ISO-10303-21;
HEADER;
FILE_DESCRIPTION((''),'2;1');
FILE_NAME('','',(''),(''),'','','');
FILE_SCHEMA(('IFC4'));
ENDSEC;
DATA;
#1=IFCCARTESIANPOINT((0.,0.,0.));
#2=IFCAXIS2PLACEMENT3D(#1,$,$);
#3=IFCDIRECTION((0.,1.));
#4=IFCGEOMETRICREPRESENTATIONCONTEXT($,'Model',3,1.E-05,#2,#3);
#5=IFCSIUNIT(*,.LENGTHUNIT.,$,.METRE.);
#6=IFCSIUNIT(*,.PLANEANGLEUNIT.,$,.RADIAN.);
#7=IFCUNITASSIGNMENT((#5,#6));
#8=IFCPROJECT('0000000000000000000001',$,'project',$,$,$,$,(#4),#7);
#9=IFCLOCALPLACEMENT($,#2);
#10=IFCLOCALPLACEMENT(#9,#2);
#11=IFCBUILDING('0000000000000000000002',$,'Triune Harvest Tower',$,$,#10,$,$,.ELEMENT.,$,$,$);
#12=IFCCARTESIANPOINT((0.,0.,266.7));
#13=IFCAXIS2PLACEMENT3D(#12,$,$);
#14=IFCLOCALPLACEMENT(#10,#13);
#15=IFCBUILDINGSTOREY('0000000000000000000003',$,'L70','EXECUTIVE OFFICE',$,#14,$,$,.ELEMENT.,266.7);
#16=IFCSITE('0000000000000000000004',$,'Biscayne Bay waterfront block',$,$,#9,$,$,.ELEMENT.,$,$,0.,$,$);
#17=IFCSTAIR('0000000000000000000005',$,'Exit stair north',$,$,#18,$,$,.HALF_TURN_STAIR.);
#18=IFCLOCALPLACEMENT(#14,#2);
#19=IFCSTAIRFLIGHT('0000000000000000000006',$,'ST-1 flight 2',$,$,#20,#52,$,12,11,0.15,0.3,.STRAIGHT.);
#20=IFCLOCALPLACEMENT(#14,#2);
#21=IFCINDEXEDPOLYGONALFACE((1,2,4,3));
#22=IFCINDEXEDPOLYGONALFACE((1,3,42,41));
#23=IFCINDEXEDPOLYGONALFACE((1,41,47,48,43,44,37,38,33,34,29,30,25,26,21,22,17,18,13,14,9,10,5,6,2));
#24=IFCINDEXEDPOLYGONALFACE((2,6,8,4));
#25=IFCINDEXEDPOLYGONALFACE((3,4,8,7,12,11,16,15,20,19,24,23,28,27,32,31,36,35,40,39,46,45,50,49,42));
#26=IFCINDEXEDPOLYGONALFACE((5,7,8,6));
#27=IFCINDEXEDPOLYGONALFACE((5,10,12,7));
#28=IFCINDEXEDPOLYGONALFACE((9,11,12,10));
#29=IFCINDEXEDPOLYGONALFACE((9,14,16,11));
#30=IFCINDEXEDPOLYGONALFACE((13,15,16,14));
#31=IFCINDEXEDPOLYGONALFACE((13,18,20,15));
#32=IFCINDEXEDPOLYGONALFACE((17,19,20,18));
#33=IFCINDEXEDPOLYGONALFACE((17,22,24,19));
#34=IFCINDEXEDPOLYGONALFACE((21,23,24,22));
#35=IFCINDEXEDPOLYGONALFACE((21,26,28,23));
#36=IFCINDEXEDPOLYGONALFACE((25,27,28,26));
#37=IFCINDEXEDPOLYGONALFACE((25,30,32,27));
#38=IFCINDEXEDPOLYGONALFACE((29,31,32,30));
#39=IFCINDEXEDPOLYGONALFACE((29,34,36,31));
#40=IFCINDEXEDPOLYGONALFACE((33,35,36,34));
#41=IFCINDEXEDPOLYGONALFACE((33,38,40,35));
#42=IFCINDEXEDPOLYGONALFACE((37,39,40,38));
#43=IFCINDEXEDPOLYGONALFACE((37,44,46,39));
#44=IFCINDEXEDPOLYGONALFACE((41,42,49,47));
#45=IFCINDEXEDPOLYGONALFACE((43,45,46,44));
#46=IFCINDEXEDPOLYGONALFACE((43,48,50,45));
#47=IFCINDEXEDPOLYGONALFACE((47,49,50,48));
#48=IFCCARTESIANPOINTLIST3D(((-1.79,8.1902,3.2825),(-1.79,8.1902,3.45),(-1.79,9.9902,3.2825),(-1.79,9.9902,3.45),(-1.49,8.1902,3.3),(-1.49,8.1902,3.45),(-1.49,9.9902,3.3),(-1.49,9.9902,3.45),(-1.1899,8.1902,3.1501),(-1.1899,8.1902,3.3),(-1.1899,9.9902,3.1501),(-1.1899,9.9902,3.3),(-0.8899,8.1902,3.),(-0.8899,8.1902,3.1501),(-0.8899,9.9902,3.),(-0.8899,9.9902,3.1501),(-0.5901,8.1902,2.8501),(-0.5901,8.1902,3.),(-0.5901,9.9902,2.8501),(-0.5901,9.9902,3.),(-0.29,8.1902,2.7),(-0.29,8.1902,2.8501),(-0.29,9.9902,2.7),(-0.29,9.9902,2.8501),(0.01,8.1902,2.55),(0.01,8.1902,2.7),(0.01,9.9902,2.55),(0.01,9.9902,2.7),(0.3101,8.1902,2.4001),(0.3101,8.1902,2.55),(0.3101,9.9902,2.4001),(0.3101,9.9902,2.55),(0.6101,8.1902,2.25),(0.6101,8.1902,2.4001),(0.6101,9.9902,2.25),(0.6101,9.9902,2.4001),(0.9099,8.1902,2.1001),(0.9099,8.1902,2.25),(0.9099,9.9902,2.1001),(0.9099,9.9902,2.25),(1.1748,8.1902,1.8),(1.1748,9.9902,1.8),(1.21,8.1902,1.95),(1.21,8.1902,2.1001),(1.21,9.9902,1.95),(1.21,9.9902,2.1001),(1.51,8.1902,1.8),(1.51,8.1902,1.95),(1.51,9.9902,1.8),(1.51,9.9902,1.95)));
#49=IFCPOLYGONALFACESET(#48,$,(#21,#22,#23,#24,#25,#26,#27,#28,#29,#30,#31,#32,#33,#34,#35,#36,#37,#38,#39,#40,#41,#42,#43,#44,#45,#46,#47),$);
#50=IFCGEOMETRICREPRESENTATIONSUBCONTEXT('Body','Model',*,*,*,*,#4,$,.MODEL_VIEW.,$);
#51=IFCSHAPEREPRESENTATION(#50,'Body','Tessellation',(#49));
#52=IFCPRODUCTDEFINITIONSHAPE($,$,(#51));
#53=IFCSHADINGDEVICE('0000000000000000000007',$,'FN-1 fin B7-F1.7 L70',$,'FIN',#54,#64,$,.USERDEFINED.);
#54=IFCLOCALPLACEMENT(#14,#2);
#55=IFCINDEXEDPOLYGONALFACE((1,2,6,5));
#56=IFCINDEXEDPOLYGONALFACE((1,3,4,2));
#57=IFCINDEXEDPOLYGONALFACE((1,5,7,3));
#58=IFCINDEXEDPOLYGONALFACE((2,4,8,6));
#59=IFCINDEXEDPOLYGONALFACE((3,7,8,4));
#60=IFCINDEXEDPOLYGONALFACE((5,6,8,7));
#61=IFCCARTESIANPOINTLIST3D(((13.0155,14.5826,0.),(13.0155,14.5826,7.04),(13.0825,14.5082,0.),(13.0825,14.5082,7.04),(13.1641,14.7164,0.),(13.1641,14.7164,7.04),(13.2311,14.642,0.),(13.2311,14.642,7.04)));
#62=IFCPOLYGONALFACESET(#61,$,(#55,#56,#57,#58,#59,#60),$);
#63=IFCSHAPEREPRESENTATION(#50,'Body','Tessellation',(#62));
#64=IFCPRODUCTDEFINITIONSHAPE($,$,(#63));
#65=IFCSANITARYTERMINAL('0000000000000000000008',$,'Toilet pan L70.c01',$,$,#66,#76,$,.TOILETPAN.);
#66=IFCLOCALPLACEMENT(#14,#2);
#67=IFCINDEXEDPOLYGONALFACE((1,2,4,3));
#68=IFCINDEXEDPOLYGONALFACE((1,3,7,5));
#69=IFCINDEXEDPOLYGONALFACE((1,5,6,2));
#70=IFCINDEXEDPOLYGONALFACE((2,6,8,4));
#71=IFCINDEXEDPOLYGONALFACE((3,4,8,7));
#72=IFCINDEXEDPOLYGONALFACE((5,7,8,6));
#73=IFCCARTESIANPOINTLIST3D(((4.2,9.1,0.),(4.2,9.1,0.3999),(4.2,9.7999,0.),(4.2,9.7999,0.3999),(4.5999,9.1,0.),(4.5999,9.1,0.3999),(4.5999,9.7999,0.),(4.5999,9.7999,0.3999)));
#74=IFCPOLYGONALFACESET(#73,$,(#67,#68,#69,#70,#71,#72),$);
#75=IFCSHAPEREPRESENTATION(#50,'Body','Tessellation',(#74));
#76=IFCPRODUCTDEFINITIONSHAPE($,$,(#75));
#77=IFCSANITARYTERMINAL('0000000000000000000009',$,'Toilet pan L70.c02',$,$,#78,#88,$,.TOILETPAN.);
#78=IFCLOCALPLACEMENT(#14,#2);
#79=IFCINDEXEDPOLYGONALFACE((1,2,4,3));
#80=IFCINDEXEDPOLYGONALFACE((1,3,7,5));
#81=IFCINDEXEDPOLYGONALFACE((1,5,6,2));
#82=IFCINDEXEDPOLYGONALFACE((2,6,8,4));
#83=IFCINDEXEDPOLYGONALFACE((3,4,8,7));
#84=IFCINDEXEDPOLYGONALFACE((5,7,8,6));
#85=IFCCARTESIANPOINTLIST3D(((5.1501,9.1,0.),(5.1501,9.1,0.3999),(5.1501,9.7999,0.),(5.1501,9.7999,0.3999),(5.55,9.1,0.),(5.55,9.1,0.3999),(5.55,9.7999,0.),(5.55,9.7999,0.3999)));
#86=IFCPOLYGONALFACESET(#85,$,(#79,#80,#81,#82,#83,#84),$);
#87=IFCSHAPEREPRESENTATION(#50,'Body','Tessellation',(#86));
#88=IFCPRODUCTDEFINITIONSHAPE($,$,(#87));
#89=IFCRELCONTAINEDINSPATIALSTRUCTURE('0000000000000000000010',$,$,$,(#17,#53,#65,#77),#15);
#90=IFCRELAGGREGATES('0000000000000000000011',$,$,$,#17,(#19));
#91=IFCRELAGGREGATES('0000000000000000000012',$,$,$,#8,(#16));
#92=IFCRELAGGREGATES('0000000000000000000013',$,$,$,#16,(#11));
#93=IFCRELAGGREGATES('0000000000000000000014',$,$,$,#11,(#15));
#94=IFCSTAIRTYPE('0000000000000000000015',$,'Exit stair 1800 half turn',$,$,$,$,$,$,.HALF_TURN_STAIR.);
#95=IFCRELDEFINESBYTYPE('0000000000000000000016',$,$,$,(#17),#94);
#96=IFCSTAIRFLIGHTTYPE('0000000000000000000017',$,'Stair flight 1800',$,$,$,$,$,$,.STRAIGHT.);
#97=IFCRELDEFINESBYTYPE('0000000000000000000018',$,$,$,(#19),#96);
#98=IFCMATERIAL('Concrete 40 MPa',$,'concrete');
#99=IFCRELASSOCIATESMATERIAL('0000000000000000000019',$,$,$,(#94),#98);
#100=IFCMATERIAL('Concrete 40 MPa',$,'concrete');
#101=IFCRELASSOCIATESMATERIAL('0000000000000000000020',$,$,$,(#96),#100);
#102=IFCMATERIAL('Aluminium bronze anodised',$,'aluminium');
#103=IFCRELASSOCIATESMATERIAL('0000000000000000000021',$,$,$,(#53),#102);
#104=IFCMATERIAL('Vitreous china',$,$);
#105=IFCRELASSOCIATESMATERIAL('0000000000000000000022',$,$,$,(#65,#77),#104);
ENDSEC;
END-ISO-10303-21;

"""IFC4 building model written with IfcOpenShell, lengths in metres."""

from ifc_helpers import new_model, si_unit, direction, frame, origin, origin_2d, place, context, subcontext, project, spatial, polyline, rectangle, outline, extrude, source, transform, mapped, material, type_object, element, aggregate, save


model = new_model("IFC4")

# Units and contexts
model_context = context("Model", 3, precision=1e-05, world=origin(), true_north=direction((0.0, 1.0)))
body_context = subcontext(model_context, "Body", "Model", "MODEL_VIEW")
ifc_project = project(units=[si_unit("LENGTHUNIT", "METRE"), si_unit("PLANEANGLEUNIT", "RADIAN")], contexts=[model_context])

# Site, building, storey
site_placement = place(None, origin())
site = spatial("IfcSite", under=ifc_project, at=site_placement, Name="Biscayne Bay waterfront block", CompositionType="ELEMENT", RefElevation=0.0)
building_placement = place(site_placement, origin())
building = spatial("IfcBuilding", under=site, at=building_placement, Name="Triune Harvest Tower", CompositionType="ELEMENT")
storey_placement = place(building_placement, frame((0.0, 0.0, 266.7)))
storey = spatial("IfcBuildingStorey", under=building, at=storey_placement, Name="L70", Description="EXECUTIVE OFFICE", CompositionType="ELEMENT", Elevation=266.7)

# Stair, stair flight
ifc_material_1 = material(Name="Concrete 40 MPa", Category="concrete")
stair_type = type_object("IfcStairType", Name="Exit stair 1800 half turn", PredefinedType="HALF_TURN_STAIR", material=ifc_material_1)
stair_placement = place(storey_placement, origin())
stair = element("IfcStair", 1, at=stair_placement, inside=storey, type_object=stair_type, Name="Exit stair north", PredefinedType="HALF_TURN_STAIR")
ifc_material_2 = material(Name="Concrete 40 MPa", Category="concrete")
stair_flight_type = type_object("IfcStairFlightType", Name="Stair flight 1800", PredefinedType="STRAIGHT", material=ifc_material_2)
shared_shape_1 = source(origin(), body_context, "Body", "SweptSolid", [
    extrude(outline(polyline([(0.0, 0.0), (0.0, 0.1499), (0.3, 0.1499), (0.3, 0.3), (0.6001, 0.3), (0.6001, 0.45), (0.8999, 0.45), (0.8999, 0.6001), (1.2, 0.6001), (1.2, 0.75), (1.5, 0.75), (1.5, 0.8999), (1.8, 0.8999), (1.8, 1.05), (2.1001, 1.05), (2.1001, 1.2), (2.3999, 1.2), (2.3999, 1.3501), (2.7, 1.3501), (2.7, 1.5), (3.0, 1.5), (3.0, 1.6499), (3.3, 1.6499), (3.3, 1.8), (3.3, 1.4824), (0.3352, 0.0), (0.0, 0.0)])), frame((0.0, 0.8999, 0.0), z_axis=(0.0, -1.0, 0.0), x_axis=(1.0, 0.0, 0.0)), (0.0, 0.0, 1.0), 1.8),
])
stair_flight_placement = place(storey_placement, frame((1.51, 9.0901, 1.8), z_axis=(0.0, 0.0, 1.0), x_axis=(-1.0, 0.0, 0.0)))
stair_flight = element("IfcStairFlight", 2, at=stair_flight_placement, type_object=stair_flight_type, Name="ST-1 flight 2", NumberOfRisers=12, NumberOfTreads=11, PredefinedType="STRAIGHT", RiserHeight=0.15, TreadLength=0.3, context=body_context, shape_type="MappedRepresentation", body=[
    mapped(shared_shape_1, transform((0.0, 0.0, 0.0), scale=1.0)),
])
aggregate(stair, [stair_flight])

# Shading device
ifc_material_3 = material(Name="Aluminium bronze anodised", Category="aluminium")
shared_shape_2 = source(origin(), body_context, "Body", "SweptSolid", [
    extrude(rectangle(XDim=0.1001, YDim=0.2, at=origin_2d()), origin(), (0.0, 0.0, 1.0), 7.04),
])
shading_device_placement = place(storey_placement, frame((13.1233, 14.6123, 0.0), z_axis=(0.0, 0.0, 1.0), x_axis=(-0.669131, 0.743144, 0.0)))
element("IfcShadingDevice", 3, at=shading_device_placement, inside=storey, material=ifc_material_3, Name="FN-1 fin B7-F1.7 L70", ObjectType="FIN", PredefinedType="USERDEFINED", context=body_context, shape_type="MappedRepresentation", body=[
    mapped(shared_shape_2, transform((0.0, 0.0, 0.0), scale=1.0)),
])

# Sanitary terminals
ifc_material_4 = material(Name="Vitreous china")
shared_shape_3 = source(origin(), body_context, "Body", "SweptSolid", [
    extrude(rectangle(XDim=0.3999, YDim=0.7, at=origin_2d()), origin(), (0.0, 0.0, 1.0), 0.3999),
])
for number, where, z_axis, x_axis, name in (
    (4, (4.3999, 9.45, 0.0), (0.0, 0.0, 1.0), (1.0, 0.0, 0.0), "Toilet pan L70.c01"),
    (5, (5.3501, 9.45, 0.0), (0.0, 0.0, 1.0), (1.0, 0.0, 0.0), "Toilet pan L70.c02"),
):
    element("IfcSanitaryTerminal", number, at=place(storey_placement, frame(where, z_axis=z_axis, x_axis=x_axis)), inside=storey, material=ifc_material_4, Name=name, PredefinedType="TOILETPAN", context=body_context, shape_type="MappedRepresentation", body=[
        mapped(shared_shape_3, transform((0.0, 0.0, 0.0), scale=1.0)),
    ])

save(model, "model.ifc")
